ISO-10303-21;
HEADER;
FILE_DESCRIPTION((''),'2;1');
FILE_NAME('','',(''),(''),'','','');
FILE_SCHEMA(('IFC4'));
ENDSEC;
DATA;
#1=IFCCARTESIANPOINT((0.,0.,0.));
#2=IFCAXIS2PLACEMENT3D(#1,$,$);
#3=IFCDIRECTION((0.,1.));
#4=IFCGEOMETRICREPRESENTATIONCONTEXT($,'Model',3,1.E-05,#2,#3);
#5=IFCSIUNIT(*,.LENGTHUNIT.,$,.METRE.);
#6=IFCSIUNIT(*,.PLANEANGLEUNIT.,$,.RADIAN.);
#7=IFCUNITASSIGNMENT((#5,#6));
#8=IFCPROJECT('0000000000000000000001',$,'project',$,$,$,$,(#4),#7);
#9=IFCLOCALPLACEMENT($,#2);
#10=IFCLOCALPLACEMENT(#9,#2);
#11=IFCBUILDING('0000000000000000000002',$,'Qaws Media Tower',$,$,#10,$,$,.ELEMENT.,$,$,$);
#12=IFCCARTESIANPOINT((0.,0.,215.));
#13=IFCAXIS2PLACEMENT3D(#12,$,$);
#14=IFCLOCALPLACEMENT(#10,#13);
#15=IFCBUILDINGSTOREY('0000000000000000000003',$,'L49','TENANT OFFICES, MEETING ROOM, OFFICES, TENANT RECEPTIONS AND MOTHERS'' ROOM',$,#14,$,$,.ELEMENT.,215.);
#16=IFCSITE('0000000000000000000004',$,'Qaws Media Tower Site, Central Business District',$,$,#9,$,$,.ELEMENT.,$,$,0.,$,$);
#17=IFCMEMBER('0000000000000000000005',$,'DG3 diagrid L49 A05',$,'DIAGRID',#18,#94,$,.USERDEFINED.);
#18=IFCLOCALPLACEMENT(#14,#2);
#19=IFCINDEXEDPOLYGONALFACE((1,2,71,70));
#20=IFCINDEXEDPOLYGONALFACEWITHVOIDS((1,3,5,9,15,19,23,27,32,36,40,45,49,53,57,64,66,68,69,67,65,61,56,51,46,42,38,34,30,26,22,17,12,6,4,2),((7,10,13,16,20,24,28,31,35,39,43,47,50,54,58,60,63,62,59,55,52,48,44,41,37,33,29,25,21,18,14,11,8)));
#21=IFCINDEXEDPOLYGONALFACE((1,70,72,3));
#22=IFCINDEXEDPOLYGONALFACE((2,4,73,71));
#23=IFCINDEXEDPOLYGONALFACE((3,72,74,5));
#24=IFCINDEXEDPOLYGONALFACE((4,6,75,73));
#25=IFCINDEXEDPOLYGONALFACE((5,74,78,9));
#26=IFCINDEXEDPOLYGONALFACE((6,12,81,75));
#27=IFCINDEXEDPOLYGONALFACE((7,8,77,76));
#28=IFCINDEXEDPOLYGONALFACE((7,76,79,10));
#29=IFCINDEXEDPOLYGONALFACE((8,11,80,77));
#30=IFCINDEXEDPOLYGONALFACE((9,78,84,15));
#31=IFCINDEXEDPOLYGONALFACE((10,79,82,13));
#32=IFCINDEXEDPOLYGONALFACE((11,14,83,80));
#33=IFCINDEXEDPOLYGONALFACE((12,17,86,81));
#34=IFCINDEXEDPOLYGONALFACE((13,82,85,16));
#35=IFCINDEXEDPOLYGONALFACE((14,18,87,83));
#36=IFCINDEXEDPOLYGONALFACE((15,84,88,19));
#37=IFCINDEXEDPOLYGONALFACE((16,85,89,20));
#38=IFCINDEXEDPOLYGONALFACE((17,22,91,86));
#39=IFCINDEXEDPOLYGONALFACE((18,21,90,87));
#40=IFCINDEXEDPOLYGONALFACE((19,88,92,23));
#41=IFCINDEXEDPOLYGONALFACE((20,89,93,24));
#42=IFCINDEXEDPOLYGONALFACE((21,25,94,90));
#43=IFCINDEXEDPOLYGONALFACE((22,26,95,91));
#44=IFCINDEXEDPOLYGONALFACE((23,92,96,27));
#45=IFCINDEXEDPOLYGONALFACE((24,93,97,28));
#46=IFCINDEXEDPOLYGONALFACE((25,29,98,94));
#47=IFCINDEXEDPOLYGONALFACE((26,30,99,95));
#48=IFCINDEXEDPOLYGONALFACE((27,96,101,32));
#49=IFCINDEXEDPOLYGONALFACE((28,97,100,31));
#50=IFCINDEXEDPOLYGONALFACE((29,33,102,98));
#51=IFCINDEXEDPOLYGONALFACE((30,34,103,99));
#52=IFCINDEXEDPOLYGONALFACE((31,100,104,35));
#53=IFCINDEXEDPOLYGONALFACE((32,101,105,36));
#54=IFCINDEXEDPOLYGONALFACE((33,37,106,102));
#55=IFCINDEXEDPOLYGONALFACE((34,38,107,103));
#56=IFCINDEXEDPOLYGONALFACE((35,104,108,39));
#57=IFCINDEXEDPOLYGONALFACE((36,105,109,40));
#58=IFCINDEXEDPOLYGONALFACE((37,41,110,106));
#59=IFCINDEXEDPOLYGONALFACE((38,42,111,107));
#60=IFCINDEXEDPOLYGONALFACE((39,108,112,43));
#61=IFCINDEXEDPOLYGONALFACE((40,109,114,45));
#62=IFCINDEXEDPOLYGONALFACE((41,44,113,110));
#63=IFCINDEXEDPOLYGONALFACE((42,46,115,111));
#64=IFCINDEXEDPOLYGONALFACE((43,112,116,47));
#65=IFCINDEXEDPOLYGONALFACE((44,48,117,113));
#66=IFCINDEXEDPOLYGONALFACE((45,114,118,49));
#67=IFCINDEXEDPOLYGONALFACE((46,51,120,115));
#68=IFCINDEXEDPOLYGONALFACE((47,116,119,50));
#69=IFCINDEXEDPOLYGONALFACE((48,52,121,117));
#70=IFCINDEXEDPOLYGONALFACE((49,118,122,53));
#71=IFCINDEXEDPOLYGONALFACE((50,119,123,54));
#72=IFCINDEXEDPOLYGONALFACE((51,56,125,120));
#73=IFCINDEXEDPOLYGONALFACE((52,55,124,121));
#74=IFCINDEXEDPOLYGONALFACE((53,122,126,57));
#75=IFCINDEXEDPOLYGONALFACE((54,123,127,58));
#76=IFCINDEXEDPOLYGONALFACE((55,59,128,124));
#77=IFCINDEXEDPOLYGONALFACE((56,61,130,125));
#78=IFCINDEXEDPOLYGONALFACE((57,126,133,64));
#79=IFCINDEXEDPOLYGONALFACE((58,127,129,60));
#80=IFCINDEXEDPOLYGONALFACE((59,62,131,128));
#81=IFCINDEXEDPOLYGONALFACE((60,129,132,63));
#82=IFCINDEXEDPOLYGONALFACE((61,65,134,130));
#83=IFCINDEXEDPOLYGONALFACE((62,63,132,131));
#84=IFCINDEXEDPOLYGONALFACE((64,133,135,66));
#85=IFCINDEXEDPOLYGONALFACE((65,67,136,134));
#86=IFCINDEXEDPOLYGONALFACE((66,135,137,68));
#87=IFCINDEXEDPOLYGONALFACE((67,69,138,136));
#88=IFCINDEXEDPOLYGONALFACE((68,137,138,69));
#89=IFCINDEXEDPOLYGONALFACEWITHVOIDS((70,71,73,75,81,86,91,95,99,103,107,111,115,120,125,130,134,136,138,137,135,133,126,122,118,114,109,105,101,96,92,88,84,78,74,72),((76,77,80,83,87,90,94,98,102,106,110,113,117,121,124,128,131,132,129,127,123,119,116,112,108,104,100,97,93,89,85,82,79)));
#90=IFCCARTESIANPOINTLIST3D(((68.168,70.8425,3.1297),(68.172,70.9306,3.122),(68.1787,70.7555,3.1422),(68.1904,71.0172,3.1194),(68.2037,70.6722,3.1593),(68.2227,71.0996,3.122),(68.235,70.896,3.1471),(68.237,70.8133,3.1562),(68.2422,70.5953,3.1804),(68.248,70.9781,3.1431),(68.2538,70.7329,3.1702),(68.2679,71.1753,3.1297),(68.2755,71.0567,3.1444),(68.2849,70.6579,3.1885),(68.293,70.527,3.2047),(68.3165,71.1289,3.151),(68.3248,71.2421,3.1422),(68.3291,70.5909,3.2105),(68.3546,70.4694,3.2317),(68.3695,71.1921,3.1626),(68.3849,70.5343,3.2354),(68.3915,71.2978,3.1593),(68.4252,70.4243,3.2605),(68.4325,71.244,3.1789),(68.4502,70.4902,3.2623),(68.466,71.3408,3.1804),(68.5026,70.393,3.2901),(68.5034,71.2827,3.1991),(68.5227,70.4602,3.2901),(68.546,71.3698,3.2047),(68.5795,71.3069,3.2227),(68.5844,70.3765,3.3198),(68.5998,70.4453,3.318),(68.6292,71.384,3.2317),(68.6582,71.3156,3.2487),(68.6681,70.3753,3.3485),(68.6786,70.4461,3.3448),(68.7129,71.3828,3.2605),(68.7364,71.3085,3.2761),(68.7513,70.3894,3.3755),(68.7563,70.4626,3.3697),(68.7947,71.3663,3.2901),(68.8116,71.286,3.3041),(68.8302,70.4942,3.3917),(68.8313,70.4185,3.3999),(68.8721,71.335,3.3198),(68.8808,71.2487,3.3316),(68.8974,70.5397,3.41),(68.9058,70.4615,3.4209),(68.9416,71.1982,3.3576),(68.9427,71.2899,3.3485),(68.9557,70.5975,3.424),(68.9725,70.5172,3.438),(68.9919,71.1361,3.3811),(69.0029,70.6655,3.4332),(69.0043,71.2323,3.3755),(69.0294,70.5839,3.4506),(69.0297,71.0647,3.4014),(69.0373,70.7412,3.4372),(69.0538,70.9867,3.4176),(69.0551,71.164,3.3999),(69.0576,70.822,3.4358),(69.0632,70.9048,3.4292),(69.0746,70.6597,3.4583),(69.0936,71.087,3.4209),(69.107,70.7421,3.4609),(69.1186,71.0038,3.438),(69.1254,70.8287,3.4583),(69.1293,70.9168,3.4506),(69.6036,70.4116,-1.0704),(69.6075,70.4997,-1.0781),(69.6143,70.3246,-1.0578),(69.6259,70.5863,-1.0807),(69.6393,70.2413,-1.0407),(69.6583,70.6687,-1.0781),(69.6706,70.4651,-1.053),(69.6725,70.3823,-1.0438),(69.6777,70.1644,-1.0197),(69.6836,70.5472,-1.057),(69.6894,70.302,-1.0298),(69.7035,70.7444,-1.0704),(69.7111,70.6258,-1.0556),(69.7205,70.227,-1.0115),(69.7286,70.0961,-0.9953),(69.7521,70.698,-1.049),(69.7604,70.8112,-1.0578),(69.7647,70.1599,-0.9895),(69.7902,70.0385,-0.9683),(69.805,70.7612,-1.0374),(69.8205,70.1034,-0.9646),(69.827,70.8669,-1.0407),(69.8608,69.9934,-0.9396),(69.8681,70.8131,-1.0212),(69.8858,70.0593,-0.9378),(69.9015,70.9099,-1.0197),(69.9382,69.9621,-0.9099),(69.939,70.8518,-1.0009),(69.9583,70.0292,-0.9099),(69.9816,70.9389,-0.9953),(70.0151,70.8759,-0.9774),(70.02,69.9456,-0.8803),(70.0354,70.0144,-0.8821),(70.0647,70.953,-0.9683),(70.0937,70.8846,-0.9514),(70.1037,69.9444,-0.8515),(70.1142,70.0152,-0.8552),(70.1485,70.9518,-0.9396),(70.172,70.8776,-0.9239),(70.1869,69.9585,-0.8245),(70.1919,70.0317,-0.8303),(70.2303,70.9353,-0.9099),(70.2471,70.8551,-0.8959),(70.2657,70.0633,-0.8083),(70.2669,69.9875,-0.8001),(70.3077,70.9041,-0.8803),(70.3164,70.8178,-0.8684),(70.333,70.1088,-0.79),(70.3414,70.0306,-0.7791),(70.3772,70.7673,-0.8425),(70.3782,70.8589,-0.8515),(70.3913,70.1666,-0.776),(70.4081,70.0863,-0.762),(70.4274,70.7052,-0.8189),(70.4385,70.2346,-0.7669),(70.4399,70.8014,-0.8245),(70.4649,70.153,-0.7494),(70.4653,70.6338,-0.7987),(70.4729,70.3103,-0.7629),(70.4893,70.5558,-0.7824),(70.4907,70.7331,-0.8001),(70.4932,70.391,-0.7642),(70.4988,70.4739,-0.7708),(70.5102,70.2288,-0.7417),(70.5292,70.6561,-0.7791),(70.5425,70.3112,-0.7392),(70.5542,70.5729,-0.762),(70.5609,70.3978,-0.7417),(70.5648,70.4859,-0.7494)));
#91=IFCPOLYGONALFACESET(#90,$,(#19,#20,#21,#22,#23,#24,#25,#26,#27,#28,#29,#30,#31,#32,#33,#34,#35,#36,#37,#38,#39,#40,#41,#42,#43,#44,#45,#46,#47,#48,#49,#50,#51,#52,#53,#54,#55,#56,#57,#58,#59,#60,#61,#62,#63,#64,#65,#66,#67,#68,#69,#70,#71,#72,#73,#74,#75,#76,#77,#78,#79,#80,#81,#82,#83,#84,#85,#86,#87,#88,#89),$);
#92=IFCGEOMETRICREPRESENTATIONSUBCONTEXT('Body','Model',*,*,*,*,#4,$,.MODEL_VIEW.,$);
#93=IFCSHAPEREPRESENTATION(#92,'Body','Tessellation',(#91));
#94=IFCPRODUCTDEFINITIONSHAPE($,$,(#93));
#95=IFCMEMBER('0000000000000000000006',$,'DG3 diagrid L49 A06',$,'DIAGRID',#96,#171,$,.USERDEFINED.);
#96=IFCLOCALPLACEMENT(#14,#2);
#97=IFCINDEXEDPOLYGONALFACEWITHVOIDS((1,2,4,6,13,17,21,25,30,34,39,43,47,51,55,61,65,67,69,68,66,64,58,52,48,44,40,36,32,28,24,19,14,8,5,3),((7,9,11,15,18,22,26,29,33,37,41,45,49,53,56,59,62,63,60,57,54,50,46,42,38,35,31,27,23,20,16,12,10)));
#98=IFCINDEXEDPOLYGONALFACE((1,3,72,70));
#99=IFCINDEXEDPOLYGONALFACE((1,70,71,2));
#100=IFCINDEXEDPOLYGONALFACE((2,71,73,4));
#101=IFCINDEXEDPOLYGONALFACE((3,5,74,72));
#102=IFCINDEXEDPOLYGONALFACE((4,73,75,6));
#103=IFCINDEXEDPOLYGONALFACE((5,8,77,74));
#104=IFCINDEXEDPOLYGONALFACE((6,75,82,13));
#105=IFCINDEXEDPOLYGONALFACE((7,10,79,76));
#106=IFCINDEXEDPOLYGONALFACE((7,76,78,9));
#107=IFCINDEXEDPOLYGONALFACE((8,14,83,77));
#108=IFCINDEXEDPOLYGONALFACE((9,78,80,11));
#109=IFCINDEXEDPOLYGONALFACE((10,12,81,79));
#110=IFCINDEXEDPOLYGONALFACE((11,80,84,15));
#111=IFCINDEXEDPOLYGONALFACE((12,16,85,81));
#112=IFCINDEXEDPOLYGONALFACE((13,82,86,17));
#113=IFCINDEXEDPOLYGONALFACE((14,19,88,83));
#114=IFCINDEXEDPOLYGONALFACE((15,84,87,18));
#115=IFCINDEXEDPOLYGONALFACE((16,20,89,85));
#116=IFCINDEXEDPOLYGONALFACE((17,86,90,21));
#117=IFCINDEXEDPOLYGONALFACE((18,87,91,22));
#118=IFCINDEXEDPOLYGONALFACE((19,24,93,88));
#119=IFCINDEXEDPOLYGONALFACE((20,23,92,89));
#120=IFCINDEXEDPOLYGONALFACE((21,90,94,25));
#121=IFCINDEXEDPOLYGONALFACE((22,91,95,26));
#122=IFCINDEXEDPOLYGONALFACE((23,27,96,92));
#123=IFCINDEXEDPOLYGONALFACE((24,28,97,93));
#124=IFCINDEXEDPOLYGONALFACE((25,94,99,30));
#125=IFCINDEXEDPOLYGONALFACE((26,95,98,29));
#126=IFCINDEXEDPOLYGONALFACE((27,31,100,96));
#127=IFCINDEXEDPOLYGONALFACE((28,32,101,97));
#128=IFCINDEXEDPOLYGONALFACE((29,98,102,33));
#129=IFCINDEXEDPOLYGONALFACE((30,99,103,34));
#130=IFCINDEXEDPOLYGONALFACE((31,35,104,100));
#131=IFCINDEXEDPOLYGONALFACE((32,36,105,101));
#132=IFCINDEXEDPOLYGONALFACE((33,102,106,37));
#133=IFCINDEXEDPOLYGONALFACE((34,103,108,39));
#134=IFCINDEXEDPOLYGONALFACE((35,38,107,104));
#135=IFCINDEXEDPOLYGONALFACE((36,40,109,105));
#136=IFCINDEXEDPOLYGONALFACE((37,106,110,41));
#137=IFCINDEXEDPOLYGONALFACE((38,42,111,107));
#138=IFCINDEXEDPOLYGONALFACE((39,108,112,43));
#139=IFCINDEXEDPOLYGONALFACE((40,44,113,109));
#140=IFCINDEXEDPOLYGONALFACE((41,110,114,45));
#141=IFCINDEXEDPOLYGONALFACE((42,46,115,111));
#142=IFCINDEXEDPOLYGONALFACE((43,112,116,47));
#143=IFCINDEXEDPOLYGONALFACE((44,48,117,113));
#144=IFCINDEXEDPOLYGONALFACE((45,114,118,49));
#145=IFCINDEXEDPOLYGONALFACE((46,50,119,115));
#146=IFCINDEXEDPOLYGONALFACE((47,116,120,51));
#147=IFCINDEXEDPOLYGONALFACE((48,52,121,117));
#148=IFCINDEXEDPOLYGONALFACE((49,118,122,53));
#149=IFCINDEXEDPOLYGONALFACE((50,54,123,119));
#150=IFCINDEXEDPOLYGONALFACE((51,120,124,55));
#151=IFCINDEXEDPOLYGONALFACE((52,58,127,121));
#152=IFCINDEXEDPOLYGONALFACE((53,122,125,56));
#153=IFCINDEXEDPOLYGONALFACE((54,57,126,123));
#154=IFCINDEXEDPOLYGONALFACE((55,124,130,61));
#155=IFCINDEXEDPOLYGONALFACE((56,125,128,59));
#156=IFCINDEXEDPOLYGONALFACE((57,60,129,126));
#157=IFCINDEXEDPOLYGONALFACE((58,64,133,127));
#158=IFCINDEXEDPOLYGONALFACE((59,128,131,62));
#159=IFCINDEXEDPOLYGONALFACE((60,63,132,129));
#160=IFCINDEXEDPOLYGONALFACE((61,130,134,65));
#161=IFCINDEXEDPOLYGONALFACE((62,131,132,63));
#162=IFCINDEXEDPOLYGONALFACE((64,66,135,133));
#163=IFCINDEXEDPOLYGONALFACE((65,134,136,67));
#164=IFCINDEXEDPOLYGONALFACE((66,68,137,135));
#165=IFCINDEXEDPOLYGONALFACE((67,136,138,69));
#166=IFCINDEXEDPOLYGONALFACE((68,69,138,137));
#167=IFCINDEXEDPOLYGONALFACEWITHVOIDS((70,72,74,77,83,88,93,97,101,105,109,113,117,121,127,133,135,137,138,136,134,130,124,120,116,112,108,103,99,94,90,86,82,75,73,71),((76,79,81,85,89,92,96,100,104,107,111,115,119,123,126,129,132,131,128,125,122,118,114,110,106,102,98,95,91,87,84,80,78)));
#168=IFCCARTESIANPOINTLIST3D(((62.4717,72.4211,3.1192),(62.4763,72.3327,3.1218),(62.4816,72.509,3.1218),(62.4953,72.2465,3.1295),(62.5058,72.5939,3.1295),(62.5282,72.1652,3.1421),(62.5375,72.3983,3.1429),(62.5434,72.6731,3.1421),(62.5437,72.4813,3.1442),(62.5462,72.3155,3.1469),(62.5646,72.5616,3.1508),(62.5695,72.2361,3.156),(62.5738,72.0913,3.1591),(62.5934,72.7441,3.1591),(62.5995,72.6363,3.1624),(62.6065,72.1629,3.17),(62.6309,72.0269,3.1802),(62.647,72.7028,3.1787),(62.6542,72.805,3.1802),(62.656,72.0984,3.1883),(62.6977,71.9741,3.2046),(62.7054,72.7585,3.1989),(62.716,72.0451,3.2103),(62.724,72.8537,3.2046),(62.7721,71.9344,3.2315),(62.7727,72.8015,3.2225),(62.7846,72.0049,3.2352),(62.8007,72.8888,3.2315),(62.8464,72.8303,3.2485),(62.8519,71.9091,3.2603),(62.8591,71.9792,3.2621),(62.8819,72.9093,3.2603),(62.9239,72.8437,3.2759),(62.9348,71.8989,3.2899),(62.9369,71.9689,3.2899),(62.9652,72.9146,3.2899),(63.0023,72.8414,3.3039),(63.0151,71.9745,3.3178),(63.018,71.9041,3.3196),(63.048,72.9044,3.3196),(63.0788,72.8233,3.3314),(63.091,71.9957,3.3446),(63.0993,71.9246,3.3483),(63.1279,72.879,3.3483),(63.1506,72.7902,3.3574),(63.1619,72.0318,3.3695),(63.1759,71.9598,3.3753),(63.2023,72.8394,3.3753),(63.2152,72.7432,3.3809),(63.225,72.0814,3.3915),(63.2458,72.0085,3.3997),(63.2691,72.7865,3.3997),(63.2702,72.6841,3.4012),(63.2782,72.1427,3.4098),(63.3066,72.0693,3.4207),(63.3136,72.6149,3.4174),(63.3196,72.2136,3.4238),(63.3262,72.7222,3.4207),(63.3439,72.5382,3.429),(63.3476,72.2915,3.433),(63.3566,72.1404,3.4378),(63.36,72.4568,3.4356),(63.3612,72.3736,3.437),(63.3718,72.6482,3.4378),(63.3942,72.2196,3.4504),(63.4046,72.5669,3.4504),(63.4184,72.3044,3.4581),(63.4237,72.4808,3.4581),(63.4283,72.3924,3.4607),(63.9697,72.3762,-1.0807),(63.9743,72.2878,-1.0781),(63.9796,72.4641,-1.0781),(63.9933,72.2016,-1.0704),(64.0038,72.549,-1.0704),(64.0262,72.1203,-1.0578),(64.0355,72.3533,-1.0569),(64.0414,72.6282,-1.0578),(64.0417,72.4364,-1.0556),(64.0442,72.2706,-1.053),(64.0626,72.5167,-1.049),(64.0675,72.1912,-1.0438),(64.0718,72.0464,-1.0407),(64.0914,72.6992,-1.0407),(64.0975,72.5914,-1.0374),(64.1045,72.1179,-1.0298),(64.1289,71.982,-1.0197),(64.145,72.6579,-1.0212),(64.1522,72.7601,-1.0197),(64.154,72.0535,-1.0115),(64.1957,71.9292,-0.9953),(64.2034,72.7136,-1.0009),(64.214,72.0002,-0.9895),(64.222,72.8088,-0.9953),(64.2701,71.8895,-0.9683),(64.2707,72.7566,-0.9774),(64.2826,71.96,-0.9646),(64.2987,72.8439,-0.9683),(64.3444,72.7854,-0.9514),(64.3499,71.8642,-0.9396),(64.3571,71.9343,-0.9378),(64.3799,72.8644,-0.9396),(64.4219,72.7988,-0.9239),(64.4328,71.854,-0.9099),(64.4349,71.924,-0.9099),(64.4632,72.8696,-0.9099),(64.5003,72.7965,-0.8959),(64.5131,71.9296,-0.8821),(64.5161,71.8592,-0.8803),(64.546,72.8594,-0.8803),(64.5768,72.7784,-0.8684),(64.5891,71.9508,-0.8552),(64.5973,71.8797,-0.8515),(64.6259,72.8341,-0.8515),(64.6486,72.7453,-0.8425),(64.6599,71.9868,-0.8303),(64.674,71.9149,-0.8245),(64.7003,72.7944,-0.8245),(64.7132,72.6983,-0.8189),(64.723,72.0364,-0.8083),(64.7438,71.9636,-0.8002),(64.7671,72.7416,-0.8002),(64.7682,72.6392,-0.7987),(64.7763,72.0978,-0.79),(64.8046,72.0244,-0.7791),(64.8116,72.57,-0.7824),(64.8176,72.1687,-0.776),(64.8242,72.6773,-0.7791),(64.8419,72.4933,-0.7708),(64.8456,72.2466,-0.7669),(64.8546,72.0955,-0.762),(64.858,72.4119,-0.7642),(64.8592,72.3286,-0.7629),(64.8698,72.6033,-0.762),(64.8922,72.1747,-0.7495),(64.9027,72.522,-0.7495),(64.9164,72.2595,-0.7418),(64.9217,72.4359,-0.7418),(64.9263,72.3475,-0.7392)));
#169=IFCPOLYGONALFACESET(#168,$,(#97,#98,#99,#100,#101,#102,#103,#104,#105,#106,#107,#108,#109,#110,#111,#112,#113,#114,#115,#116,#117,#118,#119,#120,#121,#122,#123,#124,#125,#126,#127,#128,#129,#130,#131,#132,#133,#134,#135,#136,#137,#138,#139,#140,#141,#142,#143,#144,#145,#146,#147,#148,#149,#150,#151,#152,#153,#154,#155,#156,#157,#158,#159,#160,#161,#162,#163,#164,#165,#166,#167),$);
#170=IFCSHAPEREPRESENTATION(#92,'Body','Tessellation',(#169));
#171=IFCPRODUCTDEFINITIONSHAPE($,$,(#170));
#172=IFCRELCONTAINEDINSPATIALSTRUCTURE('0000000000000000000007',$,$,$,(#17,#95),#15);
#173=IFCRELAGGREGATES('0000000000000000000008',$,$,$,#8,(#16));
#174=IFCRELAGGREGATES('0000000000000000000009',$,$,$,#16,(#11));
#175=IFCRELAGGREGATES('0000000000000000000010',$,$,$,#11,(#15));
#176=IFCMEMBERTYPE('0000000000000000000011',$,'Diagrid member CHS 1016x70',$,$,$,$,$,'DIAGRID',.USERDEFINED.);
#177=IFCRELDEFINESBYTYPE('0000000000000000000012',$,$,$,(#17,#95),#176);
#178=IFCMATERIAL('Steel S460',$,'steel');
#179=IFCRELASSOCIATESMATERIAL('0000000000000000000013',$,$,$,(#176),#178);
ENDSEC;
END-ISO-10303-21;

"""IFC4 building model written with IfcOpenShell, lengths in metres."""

from ifc_helpers import new_model, si_unit, direction, frame, origin, origin_2d, place, context, subcontext, project, spatial, hollow_circle, extrude, material, material_profile, profile_set, type_object, element, save


model = new_model("IFC4")

# Units and contexts
model_context = context("Model", 3, precision=1e-05, world=origin(), true_north=direction((0.0, 1.0)))
body_context = subcontext(model_context, "Body", "Model", "MODEL_VIEW")
ifc_project = project(units=[si_unit("LENGTHUNIT", "METRE"), si_unit("PLANEANGLEUNIT", "RADIAN")], contexts=[model_context])

# Site, building, storey
site_placement = place(None, origin())
site = spatial("IfcSite", under=ifc_project, at=site_placement, Name="Qaws Media Tower Site, Central Business District", CompositionType="ELEMENT", RefElevation=0.0)
building_placement = place(site_placement, origin())
building = spatial("IfcBuilding", under=site, at=building_placement, Name="Qaws Media Tower", CompositionType="ELEMENT")
storey_placement = place(building_placement, frame((0.0, 0.0, 215.0)))
storey = spatial("IfcBuildingStorey", under=building, at=storey_placement, Name="L49", Description="TENANT OFFICES, MEETING ROOM, OFFICES, TENANT RECEPTIONS AND MOTHERS' ROOM", CompositionType="ELEMENT", Elevation=215.0)

# Members
ifc_material_1 = material(Name="Steel S460", Category="steel")
ifc_material_profile_1 = material_profile(ifc_material_1, hollow_circle(Radius=0.5081, WallThickness=0.0701, at=origin_2d()), Name="CHS 1016x70")
ifc_profile_set_1 = profile_set([ifc_material_profile_1], Name="Steel S460")
member_type_1 = type_object("IfcMemberType", Name="Diagrid member CHS 1016x70", ElementType="DIAGRID", PredefinedType="USERDEFINED", material=ifc_profile_set_1)
member_1_placement = place(storey_placement, frame((70.0842, 70.4487, -0.9099), z_axis=(-0.321916, 0.09663, 0.941824), x_axis=(-0.287497, -0.957781, 0.0)))
element("IfcMember", 1, at=member_1_placement, inside=storey, type_object=member_type_1, Name="DG3 diagrid L49 A05", ObjectType="DIAGRID", PredefinedType="USERDEFINED", context=body_context, shape_type="SweptSolid", body=[
    extrude(hollow_circle(Radius=0.5081, WallThickness=0.0701, at=origin_2d()), origin(), (0.0, 0.0, 1.0), 4.4595),
])
member_2_placement = place(storey_placement, frame((64.448, 72.3618, -0.9099), z_axis=(-0.335934, 0.010074, 0.941832), x_axis=(-0.029973, -0.999551, 0.0)))
element("IfcMember", 2, at=member_2_placement, inside=storey, type_object=member_type_1, Name="DG3 diagrid L49 A06", ObjectType="DIAGRID", PredefinedType="USERDEFINED", context=body_context, shape_type="SweptSolid", body=[
    extrude(hollow_circle(Radius=0.5081, WallThickness=0.0701, at=origin_2d()), origin(), (0.0, 0.0, 1.0), 4.4592),
])

save(model, "model.ifc")
